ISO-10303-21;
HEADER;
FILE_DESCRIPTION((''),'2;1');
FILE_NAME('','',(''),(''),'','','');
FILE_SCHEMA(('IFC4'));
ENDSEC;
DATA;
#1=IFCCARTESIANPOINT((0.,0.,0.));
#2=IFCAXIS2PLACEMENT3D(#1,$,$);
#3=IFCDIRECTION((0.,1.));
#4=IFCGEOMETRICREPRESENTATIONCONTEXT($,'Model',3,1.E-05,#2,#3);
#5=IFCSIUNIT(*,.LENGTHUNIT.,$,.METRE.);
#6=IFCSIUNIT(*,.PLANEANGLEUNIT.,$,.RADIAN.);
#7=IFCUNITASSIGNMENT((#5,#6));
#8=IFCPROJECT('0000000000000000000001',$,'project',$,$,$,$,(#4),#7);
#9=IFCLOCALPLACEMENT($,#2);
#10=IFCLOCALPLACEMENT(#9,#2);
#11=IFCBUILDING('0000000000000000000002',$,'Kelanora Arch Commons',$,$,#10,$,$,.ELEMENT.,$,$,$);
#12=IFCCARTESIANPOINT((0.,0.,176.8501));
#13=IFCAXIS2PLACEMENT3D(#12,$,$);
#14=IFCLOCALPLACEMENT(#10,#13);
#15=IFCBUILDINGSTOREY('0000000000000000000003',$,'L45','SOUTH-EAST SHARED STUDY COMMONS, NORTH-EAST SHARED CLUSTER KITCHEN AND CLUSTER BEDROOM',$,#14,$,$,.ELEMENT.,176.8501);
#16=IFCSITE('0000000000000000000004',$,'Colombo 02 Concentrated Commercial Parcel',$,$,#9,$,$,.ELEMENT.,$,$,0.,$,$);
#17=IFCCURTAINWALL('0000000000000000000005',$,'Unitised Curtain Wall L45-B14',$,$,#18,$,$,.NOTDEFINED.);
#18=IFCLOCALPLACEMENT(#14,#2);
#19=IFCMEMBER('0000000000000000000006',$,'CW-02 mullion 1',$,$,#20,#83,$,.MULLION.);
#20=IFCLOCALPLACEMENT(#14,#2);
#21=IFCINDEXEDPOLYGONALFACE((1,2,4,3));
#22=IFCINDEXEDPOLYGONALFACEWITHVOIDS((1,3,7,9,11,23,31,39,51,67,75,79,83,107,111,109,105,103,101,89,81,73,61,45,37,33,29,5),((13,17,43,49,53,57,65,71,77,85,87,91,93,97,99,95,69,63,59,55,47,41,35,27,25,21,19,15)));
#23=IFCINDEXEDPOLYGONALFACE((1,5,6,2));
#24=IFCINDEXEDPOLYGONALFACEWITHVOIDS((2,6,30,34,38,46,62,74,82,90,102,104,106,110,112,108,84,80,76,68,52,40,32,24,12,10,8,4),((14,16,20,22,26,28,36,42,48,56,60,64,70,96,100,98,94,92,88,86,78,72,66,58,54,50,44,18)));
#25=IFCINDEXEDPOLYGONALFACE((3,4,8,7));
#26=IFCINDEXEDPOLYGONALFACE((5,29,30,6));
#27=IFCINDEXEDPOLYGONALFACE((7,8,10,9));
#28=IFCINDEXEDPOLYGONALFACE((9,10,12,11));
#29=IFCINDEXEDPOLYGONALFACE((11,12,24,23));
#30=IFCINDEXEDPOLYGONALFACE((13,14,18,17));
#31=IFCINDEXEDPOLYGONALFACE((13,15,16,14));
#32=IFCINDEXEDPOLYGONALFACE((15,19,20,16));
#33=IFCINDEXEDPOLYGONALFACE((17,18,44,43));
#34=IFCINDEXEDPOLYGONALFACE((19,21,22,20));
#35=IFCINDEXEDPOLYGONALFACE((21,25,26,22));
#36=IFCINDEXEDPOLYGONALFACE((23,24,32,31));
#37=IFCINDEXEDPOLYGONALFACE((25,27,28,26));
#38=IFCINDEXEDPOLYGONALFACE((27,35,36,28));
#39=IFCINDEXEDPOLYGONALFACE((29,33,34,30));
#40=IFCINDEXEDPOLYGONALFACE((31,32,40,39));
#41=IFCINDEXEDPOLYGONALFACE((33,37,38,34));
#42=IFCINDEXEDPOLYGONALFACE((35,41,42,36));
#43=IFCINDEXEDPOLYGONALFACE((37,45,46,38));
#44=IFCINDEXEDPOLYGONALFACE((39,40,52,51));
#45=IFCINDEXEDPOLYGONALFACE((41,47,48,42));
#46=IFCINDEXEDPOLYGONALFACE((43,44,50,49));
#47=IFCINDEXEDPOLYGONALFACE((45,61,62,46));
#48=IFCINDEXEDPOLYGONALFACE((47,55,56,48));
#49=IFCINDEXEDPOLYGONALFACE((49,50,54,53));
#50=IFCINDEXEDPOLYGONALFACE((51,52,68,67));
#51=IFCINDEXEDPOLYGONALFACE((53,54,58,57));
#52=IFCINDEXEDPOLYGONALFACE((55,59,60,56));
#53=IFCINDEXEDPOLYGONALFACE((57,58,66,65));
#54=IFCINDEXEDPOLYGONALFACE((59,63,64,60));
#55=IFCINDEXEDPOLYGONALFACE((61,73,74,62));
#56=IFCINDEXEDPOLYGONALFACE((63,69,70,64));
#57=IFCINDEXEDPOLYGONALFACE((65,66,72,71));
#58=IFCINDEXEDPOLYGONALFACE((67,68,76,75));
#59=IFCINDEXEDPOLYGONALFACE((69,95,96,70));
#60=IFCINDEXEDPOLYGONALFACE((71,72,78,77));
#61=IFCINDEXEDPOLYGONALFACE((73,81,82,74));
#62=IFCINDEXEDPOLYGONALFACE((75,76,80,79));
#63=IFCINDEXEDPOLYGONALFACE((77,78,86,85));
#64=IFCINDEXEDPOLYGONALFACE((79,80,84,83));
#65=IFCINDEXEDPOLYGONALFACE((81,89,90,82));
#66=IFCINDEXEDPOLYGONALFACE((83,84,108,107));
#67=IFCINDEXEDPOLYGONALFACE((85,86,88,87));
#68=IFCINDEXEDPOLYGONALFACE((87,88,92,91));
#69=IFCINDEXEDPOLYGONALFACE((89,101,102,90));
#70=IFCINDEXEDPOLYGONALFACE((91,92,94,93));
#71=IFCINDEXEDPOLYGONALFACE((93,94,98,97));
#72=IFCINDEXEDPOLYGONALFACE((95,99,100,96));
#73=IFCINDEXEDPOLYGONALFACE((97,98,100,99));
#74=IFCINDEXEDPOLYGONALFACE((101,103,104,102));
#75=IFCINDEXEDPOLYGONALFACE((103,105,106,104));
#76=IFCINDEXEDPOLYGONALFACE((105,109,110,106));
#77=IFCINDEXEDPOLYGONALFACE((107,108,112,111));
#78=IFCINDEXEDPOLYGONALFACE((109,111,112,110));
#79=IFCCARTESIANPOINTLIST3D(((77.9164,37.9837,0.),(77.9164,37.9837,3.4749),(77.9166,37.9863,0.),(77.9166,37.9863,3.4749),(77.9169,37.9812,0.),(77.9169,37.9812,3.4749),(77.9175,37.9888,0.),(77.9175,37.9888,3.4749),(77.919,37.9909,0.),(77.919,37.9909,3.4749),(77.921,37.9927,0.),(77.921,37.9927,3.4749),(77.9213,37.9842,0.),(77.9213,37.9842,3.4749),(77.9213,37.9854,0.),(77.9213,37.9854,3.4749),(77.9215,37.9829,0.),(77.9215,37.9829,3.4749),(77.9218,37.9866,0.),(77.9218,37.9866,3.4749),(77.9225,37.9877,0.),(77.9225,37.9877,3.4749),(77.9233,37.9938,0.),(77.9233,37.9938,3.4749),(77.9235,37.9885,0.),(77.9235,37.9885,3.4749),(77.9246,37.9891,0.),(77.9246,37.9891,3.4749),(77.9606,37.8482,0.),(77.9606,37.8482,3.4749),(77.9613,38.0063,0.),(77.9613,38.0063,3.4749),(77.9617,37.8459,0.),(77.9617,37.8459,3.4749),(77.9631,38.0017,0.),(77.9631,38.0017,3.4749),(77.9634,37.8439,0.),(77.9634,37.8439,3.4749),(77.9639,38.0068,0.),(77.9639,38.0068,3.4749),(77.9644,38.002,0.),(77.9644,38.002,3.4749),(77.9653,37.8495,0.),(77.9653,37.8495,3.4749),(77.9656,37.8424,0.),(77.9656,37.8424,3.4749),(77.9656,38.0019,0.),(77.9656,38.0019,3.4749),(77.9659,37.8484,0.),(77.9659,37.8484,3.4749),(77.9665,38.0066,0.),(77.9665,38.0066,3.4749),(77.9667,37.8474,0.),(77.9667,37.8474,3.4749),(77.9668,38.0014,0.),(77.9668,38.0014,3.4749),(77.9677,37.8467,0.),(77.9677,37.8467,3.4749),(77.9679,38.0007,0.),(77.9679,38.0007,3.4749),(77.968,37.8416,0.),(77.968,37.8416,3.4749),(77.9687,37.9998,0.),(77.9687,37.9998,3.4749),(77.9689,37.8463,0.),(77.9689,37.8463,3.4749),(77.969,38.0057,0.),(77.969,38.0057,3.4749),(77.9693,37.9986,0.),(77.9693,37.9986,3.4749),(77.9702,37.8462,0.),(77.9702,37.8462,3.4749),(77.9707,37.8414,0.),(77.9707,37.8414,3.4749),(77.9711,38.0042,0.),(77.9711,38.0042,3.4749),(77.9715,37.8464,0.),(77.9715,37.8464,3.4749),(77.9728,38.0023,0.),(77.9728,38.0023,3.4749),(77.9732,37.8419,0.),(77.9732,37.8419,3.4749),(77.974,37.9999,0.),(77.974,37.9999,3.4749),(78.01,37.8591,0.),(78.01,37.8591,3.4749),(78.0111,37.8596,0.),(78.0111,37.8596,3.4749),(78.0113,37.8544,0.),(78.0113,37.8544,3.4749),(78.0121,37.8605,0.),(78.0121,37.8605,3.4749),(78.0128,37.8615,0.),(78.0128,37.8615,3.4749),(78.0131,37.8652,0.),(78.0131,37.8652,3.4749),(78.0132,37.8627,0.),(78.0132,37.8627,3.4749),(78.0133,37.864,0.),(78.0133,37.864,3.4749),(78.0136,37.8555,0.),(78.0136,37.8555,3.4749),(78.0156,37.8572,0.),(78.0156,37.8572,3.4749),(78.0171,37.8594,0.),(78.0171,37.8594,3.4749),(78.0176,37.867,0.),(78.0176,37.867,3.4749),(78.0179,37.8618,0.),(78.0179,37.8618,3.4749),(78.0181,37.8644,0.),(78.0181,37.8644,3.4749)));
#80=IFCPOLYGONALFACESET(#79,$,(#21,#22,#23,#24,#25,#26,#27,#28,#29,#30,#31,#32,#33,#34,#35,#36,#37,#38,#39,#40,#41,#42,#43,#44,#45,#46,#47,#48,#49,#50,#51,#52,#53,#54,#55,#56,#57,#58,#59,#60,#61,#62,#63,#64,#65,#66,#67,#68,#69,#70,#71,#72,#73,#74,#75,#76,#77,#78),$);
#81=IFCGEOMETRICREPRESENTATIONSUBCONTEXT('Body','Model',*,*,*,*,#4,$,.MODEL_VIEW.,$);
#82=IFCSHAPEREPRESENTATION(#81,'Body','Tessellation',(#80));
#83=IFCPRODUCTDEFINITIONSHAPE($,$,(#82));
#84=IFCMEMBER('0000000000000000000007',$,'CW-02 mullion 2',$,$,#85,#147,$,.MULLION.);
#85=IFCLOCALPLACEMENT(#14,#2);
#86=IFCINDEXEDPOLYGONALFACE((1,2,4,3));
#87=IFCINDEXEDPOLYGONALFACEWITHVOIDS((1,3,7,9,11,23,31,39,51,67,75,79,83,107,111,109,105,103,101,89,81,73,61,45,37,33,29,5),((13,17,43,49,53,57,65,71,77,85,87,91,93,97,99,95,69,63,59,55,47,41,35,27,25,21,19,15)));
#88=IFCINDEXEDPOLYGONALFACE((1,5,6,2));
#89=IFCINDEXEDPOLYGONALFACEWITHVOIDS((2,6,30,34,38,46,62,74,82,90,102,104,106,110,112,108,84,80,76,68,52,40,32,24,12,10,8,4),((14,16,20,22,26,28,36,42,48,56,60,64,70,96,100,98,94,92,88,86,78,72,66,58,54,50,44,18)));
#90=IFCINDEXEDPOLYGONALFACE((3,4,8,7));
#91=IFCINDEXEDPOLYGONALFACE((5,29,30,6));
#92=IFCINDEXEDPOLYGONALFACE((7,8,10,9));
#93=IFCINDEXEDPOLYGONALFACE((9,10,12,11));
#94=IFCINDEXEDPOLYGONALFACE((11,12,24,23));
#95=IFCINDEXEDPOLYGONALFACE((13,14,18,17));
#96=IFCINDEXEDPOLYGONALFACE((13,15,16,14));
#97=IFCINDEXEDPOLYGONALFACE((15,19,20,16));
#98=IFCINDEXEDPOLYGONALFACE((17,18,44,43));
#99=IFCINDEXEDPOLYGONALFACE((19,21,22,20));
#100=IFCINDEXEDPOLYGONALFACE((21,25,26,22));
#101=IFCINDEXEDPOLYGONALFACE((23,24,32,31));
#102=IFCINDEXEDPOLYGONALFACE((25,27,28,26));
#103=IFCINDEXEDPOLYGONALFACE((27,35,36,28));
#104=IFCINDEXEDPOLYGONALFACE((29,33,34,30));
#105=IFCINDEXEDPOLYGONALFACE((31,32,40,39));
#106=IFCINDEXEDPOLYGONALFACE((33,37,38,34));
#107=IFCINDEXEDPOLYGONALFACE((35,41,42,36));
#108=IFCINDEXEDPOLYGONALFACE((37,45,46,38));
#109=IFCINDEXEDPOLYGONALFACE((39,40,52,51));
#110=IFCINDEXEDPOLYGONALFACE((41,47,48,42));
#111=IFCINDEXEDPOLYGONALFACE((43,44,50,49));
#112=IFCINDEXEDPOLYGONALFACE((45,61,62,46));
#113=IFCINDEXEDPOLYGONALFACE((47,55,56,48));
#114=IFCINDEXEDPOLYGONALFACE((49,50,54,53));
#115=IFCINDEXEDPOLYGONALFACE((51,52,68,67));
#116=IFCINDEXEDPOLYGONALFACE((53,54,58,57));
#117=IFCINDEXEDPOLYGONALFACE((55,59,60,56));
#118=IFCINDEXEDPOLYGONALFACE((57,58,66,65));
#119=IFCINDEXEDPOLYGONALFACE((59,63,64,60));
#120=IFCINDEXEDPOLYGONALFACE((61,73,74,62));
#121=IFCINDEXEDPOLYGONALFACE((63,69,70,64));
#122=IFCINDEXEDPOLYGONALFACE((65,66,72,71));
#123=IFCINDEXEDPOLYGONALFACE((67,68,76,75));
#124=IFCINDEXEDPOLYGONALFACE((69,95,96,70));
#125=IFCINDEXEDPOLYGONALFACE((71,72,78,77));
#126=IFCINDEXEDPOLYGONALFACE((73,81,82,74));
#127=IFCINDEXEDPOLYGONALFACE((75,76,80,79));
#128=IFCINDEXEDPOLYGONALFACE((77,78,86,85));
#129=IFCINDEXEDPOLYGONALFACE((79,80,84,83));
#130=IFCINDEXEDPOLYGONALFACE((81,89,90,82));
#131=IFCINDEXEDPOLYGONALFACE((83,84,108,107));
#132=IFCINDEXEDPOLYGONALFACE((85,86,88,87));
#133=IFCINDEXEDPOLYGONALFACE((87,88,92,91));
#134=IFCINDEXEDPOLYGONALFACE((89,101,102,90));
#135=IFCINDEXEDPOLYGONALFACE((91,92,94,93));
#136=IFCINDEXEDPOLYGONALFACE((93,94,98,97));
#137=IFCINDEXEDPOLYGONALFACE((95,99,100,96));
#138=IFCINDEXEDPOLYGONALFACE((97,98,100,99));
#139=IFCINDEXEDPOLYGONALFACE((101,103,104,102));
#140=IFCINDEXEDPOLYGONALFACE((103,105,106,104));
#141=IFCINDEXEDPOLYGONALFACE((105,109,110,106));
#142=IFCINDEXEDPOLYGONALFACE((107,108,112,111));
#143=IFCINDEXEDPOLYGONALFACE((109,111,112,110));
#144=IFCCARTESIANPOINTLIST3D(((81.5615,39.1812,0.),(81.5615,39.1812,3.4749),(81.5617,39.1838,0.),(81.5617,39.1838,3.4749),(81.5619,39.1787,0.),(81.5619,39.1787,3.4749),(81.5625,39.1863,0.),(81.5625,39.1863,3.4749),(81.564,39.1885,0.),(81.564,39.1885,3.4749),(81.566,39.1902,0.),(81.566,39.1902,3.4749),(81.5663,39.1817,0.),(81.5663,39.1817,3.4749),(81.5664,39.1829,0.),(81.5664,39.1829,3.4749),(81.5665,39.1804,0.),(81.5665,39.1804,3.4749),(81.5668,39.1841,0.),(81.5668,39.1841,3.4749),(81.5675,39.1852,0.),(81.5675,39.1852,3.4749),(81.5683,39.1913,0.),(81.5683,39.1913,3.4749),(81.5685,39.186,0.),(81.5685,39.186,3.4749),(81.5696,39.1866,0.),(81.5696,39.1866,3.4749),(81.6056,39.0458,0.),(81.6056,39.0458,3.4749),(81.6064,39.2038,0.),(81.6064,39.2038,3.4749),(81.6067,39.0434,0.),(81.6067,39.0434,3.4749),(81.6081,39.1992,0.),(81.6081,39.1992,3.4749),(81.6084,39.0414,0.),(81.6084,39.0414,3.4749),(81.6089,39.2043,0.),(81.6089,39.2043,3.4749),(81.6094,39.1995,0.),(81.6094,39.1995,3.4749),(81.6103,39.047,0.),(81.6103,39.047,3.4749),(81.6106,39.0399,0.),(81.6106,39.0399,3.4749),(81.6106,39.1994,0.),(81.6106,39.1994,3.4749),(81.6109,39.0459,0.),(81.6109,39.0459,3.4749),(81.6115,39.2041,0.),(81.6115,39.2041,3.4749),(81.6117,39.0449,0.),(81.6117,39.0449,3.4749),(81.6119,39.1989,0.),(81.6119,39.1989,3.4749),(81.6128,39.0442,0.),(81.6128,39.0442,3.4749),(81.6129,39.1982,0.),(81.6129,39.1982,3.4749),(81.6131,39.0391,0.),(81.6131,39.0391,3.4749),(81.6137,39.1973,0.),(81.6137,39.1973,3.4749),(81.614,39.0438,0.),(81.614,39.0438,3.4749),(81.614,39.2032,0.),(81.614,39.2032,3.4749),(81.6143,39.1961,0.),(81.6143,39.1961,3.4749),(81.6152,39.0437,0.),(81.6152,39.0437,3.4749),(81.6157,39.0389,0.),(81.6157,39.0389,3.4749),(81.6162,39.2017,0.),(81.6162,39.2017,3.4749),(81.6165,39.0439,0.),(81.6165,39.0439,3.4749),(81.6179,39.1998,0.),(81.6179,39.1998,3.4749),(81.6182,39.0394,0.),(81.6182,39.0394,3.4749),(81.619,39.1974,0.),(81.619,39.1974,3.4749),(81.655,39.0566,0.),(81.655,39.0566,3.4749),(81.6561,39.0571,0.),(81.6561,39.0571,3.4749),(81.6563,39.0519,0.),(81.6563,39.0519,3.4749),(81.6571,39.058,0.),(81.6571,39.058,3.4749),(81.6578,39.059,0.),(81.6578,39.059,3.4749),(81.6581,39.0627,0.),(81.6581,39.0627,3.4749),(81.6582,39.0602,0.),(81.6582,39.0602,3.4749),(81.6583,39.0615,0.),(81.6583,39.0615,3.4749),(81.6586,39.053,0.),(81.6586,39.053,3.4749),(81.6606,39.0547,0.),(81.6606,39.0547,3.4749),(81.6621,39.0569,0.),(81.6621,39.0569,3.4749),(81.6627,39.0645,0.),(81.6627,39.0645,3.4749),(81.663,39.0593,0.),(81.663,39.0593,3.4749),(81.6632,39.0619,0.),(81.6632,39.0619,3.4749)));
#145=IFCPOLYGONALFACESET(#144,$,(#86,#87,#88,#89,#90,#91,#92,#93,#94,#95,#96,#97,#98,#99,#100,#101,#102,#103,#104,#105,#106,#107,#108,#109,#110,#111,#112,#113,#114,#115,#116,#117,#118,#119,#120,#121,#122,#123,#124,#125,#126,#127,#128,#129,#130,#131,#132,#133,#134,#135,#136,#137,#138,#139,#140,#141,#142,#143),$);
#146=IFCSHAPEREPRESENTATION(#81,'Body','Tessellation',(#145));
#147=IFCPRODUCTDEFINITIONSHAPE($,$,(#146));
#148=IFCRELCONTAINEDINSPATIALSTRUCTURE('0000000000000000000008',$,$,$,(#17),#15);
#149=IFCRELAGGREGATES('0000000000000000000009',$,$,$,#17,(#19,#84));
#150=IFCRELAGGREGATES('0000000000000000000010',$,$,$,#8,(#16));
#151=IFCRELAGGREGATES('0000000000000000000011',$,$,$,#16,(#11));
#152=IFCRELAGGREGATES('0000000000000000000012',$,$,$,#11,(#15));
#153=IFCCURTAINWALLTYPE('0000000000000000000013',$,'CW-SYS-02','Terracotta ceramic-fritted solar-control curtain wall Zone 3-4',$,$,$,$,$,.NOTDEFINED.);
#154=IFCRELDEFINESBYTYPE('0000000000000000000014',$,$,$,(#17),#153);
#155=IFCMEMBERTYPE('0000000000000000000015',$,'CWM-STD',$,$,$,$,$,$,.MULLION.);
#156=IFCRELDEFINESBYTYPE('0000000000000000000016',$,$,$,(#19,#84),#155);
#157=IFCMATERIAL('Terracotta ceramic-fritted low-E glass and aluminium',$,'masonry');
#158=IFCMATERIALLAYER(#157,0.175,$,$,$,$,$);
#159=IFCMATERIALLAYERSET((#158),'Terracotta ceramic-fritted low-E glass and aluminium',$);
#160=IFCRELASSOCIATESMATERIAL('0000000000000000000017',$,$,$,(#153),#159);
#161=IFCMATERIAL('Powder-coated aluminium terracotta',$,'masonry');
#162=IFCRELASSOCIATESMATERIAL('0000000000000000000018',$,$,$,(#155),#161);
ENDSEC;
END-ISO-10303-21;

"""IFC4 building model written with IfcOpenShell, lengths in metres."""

from ifc_helpers import new_model, si_unit, direction, frame, origin, origin_2d, place, context, subcontext, project, spatial, hollow_rectangle, extrude, material, layer, layer_set, material_profile, profile_set, type_object, element, aggregate, save


model = new_model("IFC4")

# Units and contexts
model_context = context("Model", 3, precision=1e-05, world=origin(), true_north=direction((0.0, 1.0)))
body_context = subcontext(model_context, "Body", "Model", "MODEL_VIEW")
ifc_project = project(units=[si_unit("LENGTHUNIT", "METRE"), si_unit("PLANEANGLEUNIT", "RADIAN")], contexts=[model_context])

# Site, building, storey
site_placement = place(None, origin())
site = spatial("IfcSite", under=ifc_project, at=site_placement, Name="Colombo 02 Concentrated Commercial Parcel", CompositionType="ELEMENT", RefElevation=0.0)
building_placement = place(site_placement, origin())
building = spatial("IfcBuilding", under=site, at=building_placement, Name="Kelanora Arch Commons", CompositionType="ELEMENT")
storey_placement = place(building_placement, frame((0.0, 0.0, 176.8501)))
storey = spatial("IfcBuildingStorey", under=building, at=storey_placement, Name="L45", Description="SOUTH-EAST SHARED STUDY COMMONS, NORTH-EAST SHARED CLUSTER KITCHEN AND CLUSTER BEDROOM", CompositionType="ELEMENT", Elevation=176.8501)

# Curtain wall, members
ifc_material_1 = material(Name="Terracotta ceramic-fritted low-E glass and aluminium", Category="masonry")
ifc_layer_1 = layer(ifc_material_1, 0.175)
ifc_layer_set_1 = layer_set([ifc_layer_1], Name="Terracotta ceramic-fritted low-E glass and aluminium")
curtain_wall_type = type_object("IfcCurtainWallType", Name="CW-SYS-02", Description="Terracotta ceramic-fritted solar-control curtain wall Zone 3-4", PredefinedType="NOTDEFINED", material=ifc_layer_set_1)
curtain_wall_placement = place(storey_placement, origin())
curtain_wall = element("IfcCurtainWall", 1, at=curtain_wall_placement, inside=storey, type_object=curtain_wall_type, Name="Unitised Curtain Wall L45-B14", PredefinedType="NOTDEFINED")
ifc_material_2 = material(Name="Powder-coated aluminium terracotta", Category="masonry")
ifc_material_profile_1 = material_profile(ifc_material_2, hollow_rectangle(XDim=0.1599, YDim=0.0601, WallThickness=0.0049, InnerFilletRadius=0.0049, OuterFilletRadius=0.01, at=origin_2d()), Name="CWM160x60")
ifc_profile_set_1 = profile_set([ifc_material_profile_1], Name="Powder-coated aluminium terracotta")
member_type_1 = type_object("IfcMemberType", Name="CWM-STD", PredefinedType="MULLION", material=ifc_profile_set_1)
member_1_placement = place(storey_placement, frame((77.9673, 37.9241, 0.0), z_axis=(0.0, 0.0, 1.0), x_axis=(-0.312128, 0.95004, 0.0)))
member_1 = element("IfcMember", 2, at=member_1_placement, type_object=member_type_1, Name="CW-02 mullion 1", PredefinedType="MULLION", context=body_context, shape_type="SweptSolid", body=[
    extrude(hollow_rectangle(XDim=0.1599, YDim=0.0601, WallThickness=0.0049, InnerFilletRadius=0.0049, OuterFilletRadius=0.01, at=origin_2d()), origin(), (0.0, 0.0, 1.0), 3.4749),
])
member_2_placement = place(storey_placement, frame((81.6123, 39.1216, 0.0), z_axis=(0.0, 0.0, 1.0), x_axis=(-0.312128, 0.95004, 0.0)))
member_2 = element("IfcMember", 3, at=member_2_placement, type_object=member_type_1, Name="CW-02 mullion 2", PredefinedType="MULLION", context=body_context, shape_type="SweptSolid", body=[
    extrude(hollow_rectangle(XDim=0.1599, YDim=0.0601, WallThickness=0.0049, InnerFilletRadius=0.0049, OuterFilletRadius=0.01, at=origin_2d()), origin(), (0.0, 0.0, 1.0), 3.4749),
])
aggregate(curtain_wall, [member_1, member_2])

save(model, "model.ifc")
